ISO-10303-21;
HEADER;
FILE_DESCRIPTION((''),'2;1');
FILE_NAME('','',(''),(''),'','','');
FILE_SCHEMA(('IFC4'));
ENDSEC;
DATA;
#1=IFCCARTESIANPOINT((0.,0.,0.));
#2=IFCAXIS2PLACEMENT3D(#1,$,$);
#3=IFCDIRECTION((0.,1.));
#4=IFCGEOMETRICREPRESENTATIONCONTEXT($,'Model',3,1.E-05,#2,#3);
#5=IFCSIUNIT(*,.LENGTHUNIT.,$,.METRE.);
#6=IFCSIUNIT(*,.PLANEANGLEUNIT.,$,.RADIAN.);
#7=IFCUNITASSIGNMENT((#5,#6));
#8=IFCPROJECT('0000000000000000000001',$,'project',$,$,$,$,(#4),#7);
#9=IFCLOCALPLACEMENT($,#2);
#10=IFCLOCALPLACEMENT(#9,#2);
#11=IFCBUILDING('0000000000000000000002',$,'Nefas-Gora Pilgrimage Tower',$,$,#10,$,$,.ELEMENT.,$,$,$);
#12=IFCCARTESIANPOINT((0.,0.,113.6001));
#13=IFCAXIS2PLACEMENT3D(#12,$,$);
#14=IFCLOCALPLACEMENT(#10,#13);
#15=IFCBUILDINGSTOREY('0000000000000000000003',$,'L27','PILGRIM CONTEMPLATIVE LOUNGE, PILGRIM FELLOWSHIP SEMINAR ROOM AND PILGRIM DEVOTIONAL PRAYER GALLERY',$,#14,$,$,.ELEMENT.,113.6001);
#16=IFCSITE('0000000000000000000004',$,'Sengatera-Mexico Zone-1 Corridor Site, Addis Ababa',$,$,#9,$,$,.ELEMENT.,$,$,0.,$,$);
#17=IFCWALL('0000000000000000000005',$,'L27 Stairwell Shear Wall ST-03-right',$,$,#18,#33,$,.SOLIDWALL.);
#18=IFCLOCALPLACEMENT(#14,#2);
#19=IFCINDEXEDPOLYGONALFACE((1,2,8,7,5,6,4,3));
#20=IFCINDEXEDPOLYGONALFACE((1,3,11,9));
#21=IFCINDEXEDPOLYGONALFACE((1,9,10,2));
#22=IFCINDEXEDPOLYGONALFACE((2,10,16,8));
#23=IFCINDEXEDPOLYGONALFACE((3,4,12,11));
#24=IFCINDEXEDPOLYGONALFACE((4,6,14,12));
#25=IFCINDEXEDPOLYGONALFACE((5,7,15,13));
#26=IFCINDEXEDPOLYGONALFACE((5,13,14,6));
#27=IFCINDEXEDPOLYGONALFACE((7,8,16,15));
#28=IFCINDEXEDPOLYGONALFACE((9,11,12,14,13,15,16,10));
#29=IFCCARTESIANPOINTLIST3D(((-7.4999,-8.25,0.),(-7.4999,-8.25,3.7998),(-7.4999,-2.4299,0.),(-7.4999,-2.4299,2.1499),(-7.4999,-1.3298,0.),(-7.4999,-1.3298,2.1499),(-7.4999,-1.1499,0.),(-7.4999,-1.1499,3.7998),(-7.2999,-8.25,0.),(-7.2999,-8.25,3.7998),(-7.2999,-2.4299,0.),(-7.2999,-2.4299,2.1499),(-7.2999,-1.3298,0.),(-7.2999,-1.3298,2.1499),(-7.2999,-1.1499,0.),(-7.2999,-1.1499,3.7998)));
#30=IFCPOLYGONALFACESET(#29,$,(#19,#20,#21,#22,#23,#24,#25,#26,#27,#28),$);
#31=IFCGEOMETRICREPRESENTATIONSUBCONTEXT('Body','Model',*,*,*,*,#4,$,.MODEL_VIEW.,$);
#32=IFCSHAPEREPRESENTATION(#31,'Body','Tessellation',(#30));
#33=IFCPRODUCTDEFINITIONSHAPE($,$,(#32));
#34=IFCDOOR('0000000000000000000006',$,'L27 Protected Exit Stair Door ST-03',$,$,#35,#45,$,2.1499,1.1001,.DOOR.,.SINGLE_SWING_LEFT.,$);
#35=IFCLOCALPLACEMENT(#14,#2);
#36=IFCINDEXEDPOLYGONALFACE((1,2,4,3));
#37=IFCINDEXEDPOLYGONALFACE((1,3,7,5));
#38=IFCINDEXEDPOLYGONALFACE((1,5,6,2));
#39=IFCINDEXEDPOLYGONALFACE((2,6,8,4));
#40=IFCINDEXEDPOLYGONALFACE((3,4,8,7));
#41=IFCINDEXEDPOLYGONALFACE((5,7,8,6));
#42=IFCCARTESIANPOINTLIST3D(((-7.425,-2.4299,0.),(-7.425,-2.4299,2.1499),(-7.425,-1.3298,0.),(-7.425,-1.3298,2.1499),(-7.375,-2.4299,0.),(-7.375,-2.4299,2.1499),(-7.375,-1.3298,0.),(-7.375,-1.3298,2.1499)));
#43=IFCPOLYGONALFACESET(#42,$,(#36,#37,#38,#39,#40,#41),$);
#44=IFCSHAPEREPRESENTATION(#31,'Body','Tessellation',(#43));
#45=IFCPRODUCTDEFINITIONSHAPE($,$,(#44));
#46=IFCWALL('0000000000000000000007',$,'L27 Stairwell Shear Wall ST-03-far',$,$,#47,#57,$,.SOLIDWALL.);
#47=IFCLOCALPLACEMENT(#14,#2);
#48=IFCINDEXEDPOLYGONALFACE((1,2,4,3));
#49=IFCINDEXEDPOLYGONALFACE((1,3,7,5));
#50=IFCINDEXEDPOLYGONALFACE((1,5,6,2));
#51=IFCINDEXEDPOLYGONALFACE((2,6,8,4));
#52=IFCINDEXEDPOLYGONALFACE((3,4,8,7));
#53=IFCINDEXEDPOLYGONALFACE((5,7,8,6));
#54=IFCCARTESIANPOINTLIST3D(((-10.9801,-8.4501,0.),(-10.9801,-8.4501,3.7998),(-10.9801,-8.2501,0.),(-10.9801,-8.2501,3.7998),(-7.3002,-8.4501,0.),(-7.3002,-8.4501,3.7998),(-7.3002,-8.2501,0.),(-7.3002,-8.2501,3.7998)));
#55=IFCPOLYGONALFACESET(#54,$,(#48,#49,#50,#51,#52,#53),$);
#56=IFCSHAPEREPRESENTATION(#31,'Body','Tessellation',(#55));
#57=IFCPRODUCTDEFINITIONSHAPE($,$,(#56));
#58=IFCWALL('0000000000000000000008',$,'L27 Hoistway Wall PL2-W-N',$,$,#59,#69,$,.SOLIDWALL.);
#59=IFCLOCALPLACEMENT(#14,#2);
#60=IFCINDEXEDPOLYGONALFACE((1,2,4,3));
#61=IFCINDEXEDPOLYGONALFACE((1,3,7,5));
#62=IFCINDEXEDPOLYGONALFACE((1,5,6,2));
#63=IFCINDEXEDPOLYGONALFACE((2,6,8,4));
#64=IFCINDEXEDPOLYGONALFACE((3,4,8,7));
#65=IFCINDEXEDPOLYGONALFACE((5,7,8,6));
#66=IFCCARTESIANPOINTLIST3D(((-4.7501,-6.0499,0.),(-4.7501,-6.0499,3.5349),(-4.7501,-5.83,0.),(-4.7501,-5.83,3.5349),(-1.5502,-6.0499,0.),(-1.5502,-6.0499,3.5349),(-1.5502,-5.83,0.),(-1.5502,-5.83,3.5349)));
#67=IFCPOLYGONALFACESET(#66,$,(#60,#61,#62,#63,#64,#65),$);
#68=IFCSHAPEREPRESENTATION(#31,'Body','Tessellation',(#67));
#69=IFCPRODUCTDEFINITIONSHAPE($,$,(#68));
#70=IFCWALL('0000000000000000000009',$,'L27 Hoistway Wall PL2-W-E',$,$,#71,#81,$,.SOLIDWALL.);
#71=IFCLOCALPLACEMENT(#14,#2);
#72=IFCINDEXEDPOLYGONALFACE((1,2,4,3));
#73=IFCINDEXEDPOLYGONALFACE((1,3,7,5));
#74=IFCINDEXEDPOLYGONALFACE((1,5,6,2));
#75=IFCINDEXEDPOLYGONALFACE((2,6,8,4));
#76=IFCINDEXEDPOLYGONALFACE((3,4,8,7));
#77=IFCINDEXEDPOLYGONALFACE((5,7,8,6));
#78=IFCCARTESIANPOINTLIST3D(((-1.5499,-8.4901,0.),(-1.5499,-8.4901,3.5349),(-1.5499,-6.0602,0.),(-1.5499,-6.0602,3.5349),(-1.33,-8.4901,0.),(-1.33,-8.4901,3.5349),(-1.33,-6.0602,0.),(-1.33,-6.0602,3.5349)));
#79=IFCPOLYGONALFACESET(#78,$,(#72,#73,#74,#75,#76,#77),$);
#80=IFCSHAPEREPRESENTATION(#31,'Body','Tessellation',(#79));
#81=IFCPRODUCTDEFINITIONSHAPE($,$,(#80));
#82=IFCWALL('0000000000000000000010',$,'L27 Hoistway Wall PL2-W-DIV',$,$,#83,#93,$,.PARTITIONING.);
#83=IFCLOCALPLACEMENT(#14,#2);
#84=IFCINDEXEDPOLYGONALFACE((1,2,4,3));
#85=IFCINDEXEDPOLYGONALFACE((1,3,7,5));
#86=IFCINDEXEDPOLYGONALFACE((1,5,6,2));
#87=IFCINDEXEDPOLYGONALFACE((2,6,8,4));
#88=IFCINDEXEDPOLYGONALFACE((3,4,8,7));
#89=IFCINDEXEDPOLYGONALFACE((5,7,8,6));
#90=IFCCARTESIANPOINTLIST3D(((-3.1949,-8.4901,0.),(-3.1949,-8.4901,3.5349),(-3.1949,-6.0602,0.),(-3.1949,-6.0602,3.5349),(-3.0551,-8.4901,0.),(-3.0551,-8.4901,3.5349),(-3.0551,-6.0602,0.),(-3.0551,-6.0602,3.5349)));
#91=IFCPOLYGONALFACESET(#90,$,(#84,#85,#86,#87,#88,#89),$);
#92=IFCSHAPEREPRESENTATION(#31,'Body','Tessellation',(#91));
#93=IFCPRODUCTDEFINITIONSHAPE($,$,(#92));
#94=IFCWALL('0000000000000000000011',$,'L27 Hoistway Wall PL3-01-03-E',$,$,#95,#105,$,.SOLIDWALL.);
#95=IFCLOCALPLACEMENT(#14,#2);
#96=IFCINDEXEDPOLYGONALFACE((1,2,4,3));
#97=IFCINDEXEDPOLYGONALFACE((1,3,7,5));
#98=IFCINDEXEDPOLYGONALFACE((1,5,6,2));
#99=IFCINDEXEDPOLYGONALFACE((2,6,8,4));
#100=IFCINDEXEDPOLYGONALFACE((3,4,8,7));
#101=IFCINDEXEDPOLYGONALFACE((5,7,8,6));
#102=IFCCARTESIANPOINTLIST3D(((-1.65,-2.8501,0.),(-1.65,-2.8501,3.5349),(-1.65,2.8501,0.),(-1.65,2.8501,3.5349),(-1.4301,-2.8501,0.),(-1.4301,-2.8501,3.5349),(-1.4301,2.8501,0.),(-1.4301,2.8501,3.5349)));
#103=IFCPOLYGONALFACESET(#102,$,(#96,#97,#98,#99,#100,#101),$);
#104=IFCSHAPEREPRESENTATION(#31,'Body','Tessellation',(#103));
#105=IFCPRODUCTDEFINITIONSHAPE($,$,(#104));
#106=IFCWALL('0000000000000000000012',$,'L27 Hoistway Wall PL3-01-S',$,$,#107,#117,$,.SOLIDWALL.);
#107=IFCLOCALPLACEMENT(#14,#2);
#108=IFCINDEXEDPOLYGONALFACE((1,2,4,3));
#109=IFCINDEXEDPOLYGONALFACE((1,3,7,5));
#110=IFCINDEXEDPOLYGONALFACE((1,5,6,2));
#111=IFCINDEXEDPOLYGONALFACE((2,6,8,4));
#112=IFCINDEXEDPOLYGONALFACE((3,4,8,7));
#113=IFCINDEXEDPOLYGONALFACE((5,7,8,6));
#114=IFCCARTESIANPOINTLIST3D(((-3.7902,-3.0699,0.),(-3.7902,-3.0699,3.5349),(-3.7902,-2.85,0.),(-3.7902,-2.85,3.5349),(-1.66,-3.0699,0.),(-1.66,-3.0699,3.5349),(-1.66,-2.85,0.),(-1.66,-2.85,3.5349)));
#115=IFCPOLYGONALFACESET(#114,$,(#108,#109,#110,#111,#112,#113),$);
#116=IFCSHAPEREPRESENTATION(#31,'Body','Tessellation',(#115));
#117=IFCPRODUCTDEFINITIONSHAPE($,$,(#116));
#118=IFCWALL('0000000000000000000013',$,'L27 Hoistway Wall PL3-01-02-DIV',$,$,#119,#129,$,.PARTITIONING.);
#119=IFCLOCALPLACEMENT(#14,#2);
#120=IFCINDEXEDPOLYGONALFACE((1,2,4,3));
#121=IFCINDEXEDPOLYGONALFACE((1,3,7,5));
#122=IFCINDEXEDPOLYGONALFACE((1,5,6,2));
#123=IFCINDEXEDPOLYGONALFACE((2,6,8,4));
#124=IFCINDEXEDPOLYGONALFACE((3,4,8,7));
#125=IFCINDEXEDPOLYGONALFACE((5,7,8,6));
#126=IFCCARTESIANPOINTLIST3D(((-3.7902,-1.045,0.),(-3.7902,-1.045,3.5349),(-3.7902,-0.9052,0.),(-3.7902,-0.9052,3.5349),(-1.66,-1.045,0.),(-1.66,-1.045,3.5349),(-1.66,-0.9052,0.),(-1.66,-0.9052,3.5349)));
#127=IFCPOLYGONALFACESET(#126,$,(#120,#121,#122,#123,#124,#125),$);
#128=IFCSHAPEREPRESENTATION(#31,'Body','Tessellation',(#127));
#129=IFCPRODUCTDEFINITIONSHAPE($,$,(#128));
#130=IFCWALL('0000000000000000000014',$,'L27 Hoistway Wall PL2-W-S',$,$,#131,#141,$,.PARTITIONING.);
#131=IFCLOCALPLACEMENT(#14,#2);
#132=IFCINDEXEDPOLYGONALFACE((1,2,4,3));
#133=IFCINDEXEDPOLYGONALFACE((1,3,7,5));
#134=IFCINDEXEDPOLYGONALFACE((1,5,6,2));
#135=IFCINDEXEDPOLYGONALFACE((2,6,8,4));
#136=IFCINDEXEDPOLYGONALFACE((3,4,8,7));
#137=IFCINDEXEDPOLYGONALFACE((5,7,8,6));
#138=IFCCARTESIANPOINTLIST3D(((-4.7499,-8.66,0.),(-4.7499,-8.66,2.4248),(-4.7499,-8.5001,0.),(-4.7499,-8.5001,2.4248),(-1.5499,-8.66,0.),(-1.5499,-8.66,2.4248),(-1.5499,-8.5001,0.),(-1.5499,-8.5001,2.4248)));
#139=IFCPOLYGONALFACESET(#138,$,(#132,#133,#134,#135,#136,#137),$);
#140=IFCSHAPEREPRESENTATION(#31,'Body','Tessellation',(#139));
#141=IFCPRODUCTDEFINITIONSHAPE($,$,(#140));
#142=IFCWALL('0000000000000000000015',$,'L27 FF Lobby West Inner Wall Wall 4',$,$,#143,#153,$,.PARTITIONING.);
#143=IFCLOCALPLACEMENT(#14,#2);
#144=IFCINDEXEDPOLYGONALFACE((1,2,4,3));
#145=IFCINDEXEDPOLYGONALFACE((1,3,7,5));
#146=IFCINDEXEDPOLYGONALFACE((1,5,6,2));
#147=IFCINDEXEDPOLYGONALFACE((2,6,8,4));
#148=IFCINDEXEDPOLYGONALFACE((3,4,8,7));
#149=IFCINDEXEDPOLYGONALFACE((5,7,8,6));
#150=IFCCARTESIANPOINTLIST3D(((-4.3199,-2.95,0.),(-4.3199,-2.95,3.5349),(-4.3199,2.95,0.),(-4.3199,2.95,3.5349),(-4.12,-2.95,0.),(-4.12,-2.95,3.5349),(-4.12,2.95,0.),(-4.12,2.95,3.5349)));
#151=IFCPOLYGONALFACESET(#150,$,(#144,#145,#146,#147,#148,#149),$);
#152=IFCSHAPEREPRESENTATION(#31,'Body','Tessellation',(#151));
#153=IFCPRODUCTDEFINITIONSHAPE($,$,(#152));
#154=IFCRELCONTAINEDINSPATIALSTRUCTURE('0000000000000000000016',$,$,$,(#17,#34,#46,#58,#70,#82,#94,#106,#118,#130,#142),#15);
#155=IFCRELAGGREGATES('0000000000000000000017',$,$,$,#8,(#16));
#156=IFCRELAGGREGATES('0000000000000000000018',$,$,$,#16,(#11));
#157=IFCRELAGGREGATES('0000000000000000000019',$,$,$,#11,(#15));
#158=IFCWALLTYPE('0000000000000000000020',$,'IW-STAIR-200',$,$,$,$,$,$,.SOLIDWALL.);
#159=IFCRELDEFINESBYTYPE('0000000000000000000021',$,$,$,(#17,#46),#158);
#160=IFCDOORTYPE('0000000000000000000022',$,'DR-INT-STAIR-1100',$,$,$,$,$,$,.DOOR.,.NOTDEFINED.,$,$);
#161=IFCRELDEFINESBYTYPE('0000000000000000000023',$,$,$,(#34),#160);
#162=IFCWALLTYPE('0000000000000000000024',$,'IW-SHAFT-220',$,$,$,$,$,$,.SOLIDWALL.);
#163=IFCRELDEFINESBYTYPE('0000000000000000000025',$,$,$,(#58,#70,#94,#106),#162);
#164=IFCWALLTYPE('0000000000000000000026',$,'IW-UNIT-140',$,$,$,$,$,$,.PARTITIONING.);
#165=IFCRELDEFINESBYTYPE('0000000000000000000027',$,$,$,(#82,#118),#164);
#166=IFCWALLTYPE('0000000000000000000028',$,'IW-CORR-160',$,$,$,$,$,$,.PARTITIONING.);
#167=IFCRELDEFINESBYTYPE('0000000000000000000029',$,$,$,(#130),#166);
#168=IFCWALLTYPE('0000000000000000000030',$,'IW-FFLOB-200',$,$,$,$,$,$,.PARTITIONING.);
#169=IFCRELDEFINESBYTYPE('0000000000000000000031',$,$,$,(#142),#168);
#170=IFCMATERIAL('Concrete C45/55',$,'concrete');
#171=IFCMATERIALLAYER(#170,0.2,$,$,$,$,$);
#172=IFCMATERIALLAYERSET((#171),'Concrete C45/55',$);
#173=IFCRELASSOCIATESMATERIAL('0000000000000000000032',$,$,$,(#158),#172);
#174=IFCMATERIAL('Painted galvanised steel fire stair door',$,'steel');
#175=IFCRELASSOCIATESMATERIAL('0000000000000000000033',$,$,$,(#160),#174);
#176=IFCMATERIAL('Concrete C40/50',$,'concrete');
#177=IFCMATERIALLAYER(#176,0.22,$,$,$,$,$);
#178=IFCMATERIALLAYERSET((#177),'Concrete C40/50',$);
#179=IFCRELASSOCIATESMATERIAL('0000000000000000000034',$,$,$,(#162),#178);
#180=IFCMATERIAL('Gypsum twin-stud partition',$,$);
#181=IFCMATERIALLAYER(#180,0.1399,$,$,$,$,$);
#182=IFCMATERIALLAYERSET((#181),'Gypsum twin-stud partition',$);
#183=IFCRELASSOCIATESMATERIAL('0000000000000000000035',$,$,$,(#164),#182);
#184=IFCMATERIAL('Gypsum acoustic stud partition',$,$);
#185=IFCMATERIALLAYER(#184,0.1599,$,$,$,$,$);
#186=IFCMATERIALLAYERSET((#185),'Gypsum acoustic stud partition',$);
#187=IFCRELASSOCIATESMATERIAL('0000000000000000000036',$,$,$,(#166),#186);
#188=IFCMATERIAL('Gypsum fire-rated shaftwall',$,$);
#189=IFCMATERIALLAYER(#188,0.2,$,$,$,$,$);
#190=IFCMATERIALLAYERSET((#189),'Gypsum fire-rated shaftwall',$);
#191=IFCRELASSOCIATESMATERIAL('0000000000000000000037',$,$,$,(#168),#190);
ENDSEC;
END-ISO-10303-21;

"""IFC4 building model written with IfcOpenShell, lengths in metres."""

from ifc_helpers import new_model, si_unit, direction, frame, frame_2d, origin, place, context, subcontext, project, spatial, rectangle, extrude, source, transform, mapped, material, layer, layer_set, type_object, element, fill, save


model = new_model("IFC4")

# Units and contexts
model_context = context("Model", 3, precision=1e-05, world=origin(), true_north=direction((0.0, 1.0)))
body_context = subcontext(model_context, "Body", "Model", "MODEL_VIEW")
ifc_project = project(units=[si_unit("LENGTHUNIT", "METRE"), si_unit("PLANEANGLEUNIT", "RADIAN")], contexts=[model_context])

# Site, building, storey
site_placement = place(None, origin())
site = spatial("IfcSite", under=ifc_project, at=site_placement, Name="Sengatera-Mexico Zone-1 Corridor Site, Addis Ababa", CompositionType="ELEMENT", RefElevation=0.0)
building_placement = place(site_placement, origin())
building = spatial("IfcBuilding", under=site, at=building_placement, Name="Nefas-Gora Pilgrimage Tower", CompositionType="ELEMENT")
storey_placement = place(building_placement, frame((0.0, 0.0, 113.6001)))
storey = spatial("IfcBuildingStorey", under=building, at=storey_placement, Name="L27", Description="PILGRIM CONTEMPLATIVE LOUNGE, PILGRIM FELLOWSHIP SEMINAR ROOM AND PILGRIM DEVOTIONAL PRAYER GALLERY", CompositionType="ELEMENT", Elevation=113.6001)

# Shared definitions
ifc_material_1 = material(Name="Concrete C45/55", Category="concrete")
ifc_layer_1 = layer(ifc_material_1, 0.2)
ifc_layer_set_1 = layer_set([ifc_layer_1], Name="Concrete C45/55")
wall_type_1 = type_object("IfcWallType", Name="IW-STAIR-200", PredefinedType="SOLIDWALL", material=ifc_layer_set_1)
shared_shape_1 = source(origin(), body_context, "Body", "SweptSolid", [
    extrude(rectangle(XDim=7.1001, YDim=0.2, at=frame_2d((3.55, 0.0))), origin(), (0.0, 0.0, 1.0), 3.7998),
])

# Wall, opening, door
wall_1_placement = place(storey_placement, frame((-7.3999, -1.1499, 0.0), z_axis=(0.0, 0.0, 1.0), x_axis=(0.0, -1.0, 0.0)))
wall_1 = element("IfcWall", 1, at=wall_1_placement, inside=storey, type_object=wall_type_1, Name="L27 Stairwell Shear Wall ST-03-right", PredefinedType="SOLIDWALL", context=body_context, shape_type="MappedRepresentation", body=[
    mapped(shared_shape_1, transform((0.0, 0.0, 0.0), x_axis=(1.0, 0.0, 0.0), y_axis=(0.0, 1.0, 0.0), z_axis=(0.0, 0.0, 1.0), scale=1.0)),
])
opening_1_placement = place(wall_1_placement, frame((0.1799, 0.0, 0.0)))
opening_1 = element("IfcOpeningElement", 2, at=opening_1_placement, cuts=wall_1, PredefinedType="OPENING", context=body_context, shape_type="SweptSolid", body=[
    extrude(rectangle(XDim=1.1001, YDim=2.1499, at=frame_2d((0.55, 1.075))), frame((0.0, 0.1099, 0.0), z_axis=(0.0, -1.0, 0.0), x_axis=(1.0, 0.0, 0.0)), (0.0, 0.0, 1.0), 0.22),
])
ifc_material_2 = material(Name="Painted galvanised steel fire stair door", Category="steel")
door_type_1 = type_object("IfcDoorType", Name="DR-INT-STAIR-1100", OperationType="NOTDEFINED", PredefinedType="DOOR", material=ifc_material_2)
shared_shape_2 = source(origin(), body_context, "Body", "SweptSolid", [
    extrude(rectangle(XDim=1.1001, YDim=2.1499, at=frame_2d((0.55, 1.075))), frame((0.0, 0.0249, 0.0), z_axis=(0.0, -1.0, 0.0), x_axis=(1.0, 0.0, 0.0)), (0.0, 0.0, 1.0), 0.05),
])
door_1_placement = place(opening_1_placement, origin())
door_1 = element("IfcDoor", 3, at=door_1_placement, inside=storey, type_object=door_type_1, Name="L27 Protected Exit Stair Door ST-03", OperationType="SINGLE_SWING_LEFT", OverallHeight=2.1499, OverallWidth=1.1001, PredefinedType="DOOR", context=body_context, shape_type="MappedRepresentation", body=[
    mapped(shared_shape_2, transform((0.0, 0.0, 0.0), x_axis=(1.0, 0.0, 0.0), y_axis=(0.0, 1.0, 0.0), z_axis=(0.0, 0.0, 1.0), scale=1.0)),
])
fill(opening_1, door_1)

# Walls
shared_shape_3 = source(origin(), body_context, "Body", "SweptSolid", [
    extrude(rectangle(XDim=3.6799, YDim=0.2, at=frame_2d((1.8398, 0.0))), origin(), (0.0, 0.0, 1.0), 3.7998),
])
wall_2_placement = place(storey_placement, frame((-10.98, -8.3501, 0.0), z_axis=(0.0, 0.0, 1.0), x_axis=(1.0, 0.0, 0.0)))
element("IfcWall", 4, at=wall_2_placement, inside=storey, type_object=wall_type_1, Name="L27 Stairwell Shear Wall ST-03-far", PredefinedType="SOLIDWALL", context=body_context, shape_type="MappedRepresentation", body=[
    mapped(shared_shape_3, transform((0.0, 0.0, 0.0), x_axis=(1.0, 0.0, 0.0), y_axis=(0.0, 1.0, 0.0), z_axis=(0.0, 0.0, 1.0), scale=1.0)),
])
ifc_material_3 = material(Name="Concrete C40/50", Category="concrete")
ifc_layer_2 = layer(ifc_material_3, 0.22)
ifc_layer_set_2 = layer_set([ifc_layer_2], Name="Concrete C40/50")
wall_type_2 = type_object("IfcWallType", Name="IW-SHAFT-220", PredefinedType="SOLIDWALL", material=ifc_layer_set_2)
shared_shape_4 = source(origin(), body_context, "Body", "SweptSolid", [
    extrude(rectangle(XDim=3.2, YDim=0.22, at=frame_2d((1.6001, 0.0))), origin(), (0.0, 0.0, 1.0), 3.5349),
])
wall_3_placement = place(storey_placement, frame((-1.55, -5.9399, 0.0), z_axis=(0.0, 0.0, 1.0), x_axis=(-1.0, 0.0, 0.0)))
element("IfcWall", 5, at=wall_3_placement, inside=storey, type_object=wall_type_2, Name="L27 Hoistway Wall PL2-W-N", PredefinedType="SOLIDWALL", context=body_context, shape_type="MappedRepresentation", body=[
    mapped(shared_shape_4, transform((0.0, 0.0, 0.0), x_axis=(1.0, 0.0, 0.0), y_axis=(0.0, 1.0, 0.0), z_axis=(0.0, 0.0, 1.0), scale=1.0)),
])
shared_shape_5 = source(origin(), body_context, "Body", "SweptSolid", [
    extrude(rectangle(XDim=2.4299, YDim=0.22, at=frame_2d((1.2148, 0.0))), origin(), (0.0, 0.0, 1.0), 3.5349),
])
for number, where, z_axis, x_axis, name in (
    (6, (-1.4399, -8.49, 0.0), (0.0, 0.0, 1.0), (0.0, 1.0, 0.0), "L27 Hoistway Wall PL2-W-E"),
):
    element("IfcWall", number, at=place(storey_placement, frame(where, z_axis=z_axis, x_axis=x_axis)), inside=storey, type_object=wall_type_2, Name=name, PredefinedType="SOLIDWALL", context=body_context, shape_type="MappedRepresentation", body=[
        mapped(shared_shape_5, transform((0.0, 0.0, 0.0), x_axis=(1.0, 0.0, 0.0), y_axis=(0.0, 1.0, 0.0), z_axis=(0.0, 0.0, 1.0), scale=1.0)),
    ])
ifc_material_4 = material(Name="Gypsum twin-stud partition")
ifc_layer_3 = layer(ifc_material_4, 0.1399)
ifc_layer_set_3 = layer_set([ifc_layer_3], Name="Gypsum twin-stud partition")
wall_type_3 = type_object("IfcWallType", Name="IW-UNIT-140", PredefinedType="PARTITIONING", material=ifc_layer_set_3)
shared_shape_6 = source(origin(), body_context, "Body", "SweptSolid", [
    extrude(rectangle(XDim=2.4299, YDim=0.1399, at=frame_2d((1.2148, 0.0))), origin(), (0.0, 0.0, 1.0), 3.5349),
])
wall_4_placement = place(storey_placement, frame((-3.125, -8.49, 0.0), z_axis=(0.0, 0.0, 1.0), x_axis=(0.0, 1.0, 0.0)))
element("IfcWall", 7, at=wall_4_placement, inside=storey, type_object=wall_type_3, Name="L27 Hoistway Wall PL2-W-DIV", PredefinedType="PARTITIONING", context=body_context, shape_type="MappedRepresentation", body=[
    mapped(shared_shape_6, transform((0.0, 0.0, 0.0), x_axis=(1.0, 0.0, 0.0), y_axis=(0.0, 1.0, 0.0), z_axis=(0.0, 0.0, 1.0), scale=1.0)),
])
shared_shape_7 = source(origin(), body_context, "Body", "SweptSolid", [
    extrude(rectangle(XDim=5.7002, YDim=0.22, at=frame_2d((2.8501, 0.0))), origin(), (0.0, 0.0, 1.0), 3.5349),
])
wall_5_placement = place(storey_placement, frame((-1.54, -2.8501, 0.0), z_axis=(0.0, 0.0, 1.0), x_axis=(0.0, 1.0, 0.0)))
element("IfcWall", 8, at=wall_5_placement, inside=storey, type_object=wall_type_2, Name="L27 Hoistway Wall PL3-01-03-E", PredefinedType="SOLIDWALL", context=body_context, shape_type="MappedRepresentation", body=[
    mapped(shared_shape_7, transform((0.0, 0.0, 0.0), x_axis=(1.0, 0.0, 0.0), y_axis=(0.0, 1.0, 0.0), z_axis=(0.0, 0.0, 1.0), scale=1.0)),
])
shared_shape_8 = source(origin(), body_context, "Body", "SweptSolid", [
    extrude(rectangle(XDim=2.1301, YDim=0.22, at=frame_2d((1.0649, 0.0))), origin(), (0.0, 0.0, 1.0), 3.5349),
])
wall_6_placement = place(storey_placement, frame((-3.79, -2.96, 0.0), z_axis=(0.0, 0.0, 1.0), x_axis=(1.0, 0.0, 0.0)))
element("IfcWall", 9, at=wall_6_placement, inside=storey, type_object=wall_type_2, Name="L27 Hoistway Wall PL3-01-S", PredefinedType="SOLIDWALL", context=body_context, shape_type="MappedRepresentation", body=[
    mapped(shared_shape_8, transform((0.0, 0.0, 0.0), x_axis=(1.0, 0.0, 0.0), y_axis=(0.0, 1.0, 0.0), z_axis=(0.0, 0.0, 1.0), scale=1.0)),
])
shared_shape_9 = source(origin(), body_context, "Body", "SweptSolid", [
    extrude(rectangle(XDim=2.1301, YDim=0.1399, at=frame_2d((1.0649, 0.0))), origin(), (0.0, 0.0, 1.0), 3.5349),
])
wall_7_placement = place(storey_placement, frame((-3.79, -0.9751, 0.0), z_axis=(0.0, 0.0, 1.0), x_axis=(1.0, 0.0, 0.0)))
element("IfcWall", 10, at=wall_7_placement, inside=storey, type_object=wall_type_3, Name="L27 Hoistway Wall PL3-01-02-DIV", PredefinedType="PARTITIONING", context=body_context, shape_type="MappedRepresentation", body=[
    mapped(shared_shape_9, transform((0.0, 0.0, 0.0), x_axis=(1.0, 0.0, 0.0), y_axis=(0.0, 1.0, 0.0), z_axis=(0.0, 0.0, 1.0), scale=1.0)),
])
ifc_material_5 = material(Name="Gypsum acoustic stud partition")
ifc_layer_4 = layer(ifc_material_5, 0.1599)
ifc_layer_set_4 = layer_set([ifc_layer_4], Name="Gypsum acoustic stud partition")
wall_type_4 = type_object("IfcWallType", Name="IW-CORR-160", PredefinedType="PARTITIONING", material=ifc_layer_set_4)
shared_shape_10 = source(origin(), body_context, "Body", "SweptSolid", [
    extrude(rectangle(XDim=3.2, YDim=0.1599, at=frame_2d((1.6001, 0.0))), origin(), (0.0, 0.0, 1.0), 2.4248),
])
wall_8_placement = place(storey_placement, frame((-4.75, -8.5801, 0.0), z_axis=(0.0, 0.0, 1.0), x_axis=(1.0, 0.0, 0.0)))
element("IfcWall", 11, at=wall_8_placement, inside=storey, type_object=wall_type_4, Name="L27 Hoistway Wall PL2-W-S", PredefinedType="PARTITIONING", context=body_context, shape_type="MappedRepresentation", body=[
    mapped(shared_shape_10, transform((0.0, 0.0, 0.0), x_axis=(1.0, 0.0, 0.0), y_axis=(0.0, 1.0, 0.0), z_axis=(0.0, 0.0, 1.0), scale=1.0)),
])
ifc_material_6 = material(Name="Gypsum fire-rated shaftwall")
ifc_layer_5 = layer(ifc_material_6, 0.2)
ifc_layer_set_5 = layer_set([ifc_layer_5], Name="Gypsum fire-rated shaftwall")
wall_type_5 = type_object("IfcWallType", Name="IW-FFLOB-200", PredefinedType="PARTITIONING", material=ifc_layer_set_5)
shared_shape_11 = source(origin(), body_context, "Body", "SweptSolid", [
    extrude(rectangle(XDim=5.8999, YDim=0.2, at=frame_2d((2.95, 0.0))), origin(), (0.0, 0.0, 1.0), 3.5349),
])
wall_9_placement = place(storey_placement, frame((-4.22, -2.95, 0.0), z_axis=(0.0, 0.0, 1.0), x_axis=(0.0, 1.0, 0.0)))
element("IfcWall", 12, at=wall_9_placement, inside=storey, type_object=wall_type_5, Name="L27 FF Lobby West Inner Wall Wall 4", PredefinedType="PARTITIONING", context=body_context, shape_type="MappedRepresentation", body=[
    mapped(shared_shape_11, transform((0.0, 0.0, 0.0), x_axis=(1.0, 0.0, 0.0), y_axis=(0.0, 1.0, 0.0), z_axis=(0.0, 0.0, 1.0), scale=1.0)),
])

save(model, "model.ifc")
